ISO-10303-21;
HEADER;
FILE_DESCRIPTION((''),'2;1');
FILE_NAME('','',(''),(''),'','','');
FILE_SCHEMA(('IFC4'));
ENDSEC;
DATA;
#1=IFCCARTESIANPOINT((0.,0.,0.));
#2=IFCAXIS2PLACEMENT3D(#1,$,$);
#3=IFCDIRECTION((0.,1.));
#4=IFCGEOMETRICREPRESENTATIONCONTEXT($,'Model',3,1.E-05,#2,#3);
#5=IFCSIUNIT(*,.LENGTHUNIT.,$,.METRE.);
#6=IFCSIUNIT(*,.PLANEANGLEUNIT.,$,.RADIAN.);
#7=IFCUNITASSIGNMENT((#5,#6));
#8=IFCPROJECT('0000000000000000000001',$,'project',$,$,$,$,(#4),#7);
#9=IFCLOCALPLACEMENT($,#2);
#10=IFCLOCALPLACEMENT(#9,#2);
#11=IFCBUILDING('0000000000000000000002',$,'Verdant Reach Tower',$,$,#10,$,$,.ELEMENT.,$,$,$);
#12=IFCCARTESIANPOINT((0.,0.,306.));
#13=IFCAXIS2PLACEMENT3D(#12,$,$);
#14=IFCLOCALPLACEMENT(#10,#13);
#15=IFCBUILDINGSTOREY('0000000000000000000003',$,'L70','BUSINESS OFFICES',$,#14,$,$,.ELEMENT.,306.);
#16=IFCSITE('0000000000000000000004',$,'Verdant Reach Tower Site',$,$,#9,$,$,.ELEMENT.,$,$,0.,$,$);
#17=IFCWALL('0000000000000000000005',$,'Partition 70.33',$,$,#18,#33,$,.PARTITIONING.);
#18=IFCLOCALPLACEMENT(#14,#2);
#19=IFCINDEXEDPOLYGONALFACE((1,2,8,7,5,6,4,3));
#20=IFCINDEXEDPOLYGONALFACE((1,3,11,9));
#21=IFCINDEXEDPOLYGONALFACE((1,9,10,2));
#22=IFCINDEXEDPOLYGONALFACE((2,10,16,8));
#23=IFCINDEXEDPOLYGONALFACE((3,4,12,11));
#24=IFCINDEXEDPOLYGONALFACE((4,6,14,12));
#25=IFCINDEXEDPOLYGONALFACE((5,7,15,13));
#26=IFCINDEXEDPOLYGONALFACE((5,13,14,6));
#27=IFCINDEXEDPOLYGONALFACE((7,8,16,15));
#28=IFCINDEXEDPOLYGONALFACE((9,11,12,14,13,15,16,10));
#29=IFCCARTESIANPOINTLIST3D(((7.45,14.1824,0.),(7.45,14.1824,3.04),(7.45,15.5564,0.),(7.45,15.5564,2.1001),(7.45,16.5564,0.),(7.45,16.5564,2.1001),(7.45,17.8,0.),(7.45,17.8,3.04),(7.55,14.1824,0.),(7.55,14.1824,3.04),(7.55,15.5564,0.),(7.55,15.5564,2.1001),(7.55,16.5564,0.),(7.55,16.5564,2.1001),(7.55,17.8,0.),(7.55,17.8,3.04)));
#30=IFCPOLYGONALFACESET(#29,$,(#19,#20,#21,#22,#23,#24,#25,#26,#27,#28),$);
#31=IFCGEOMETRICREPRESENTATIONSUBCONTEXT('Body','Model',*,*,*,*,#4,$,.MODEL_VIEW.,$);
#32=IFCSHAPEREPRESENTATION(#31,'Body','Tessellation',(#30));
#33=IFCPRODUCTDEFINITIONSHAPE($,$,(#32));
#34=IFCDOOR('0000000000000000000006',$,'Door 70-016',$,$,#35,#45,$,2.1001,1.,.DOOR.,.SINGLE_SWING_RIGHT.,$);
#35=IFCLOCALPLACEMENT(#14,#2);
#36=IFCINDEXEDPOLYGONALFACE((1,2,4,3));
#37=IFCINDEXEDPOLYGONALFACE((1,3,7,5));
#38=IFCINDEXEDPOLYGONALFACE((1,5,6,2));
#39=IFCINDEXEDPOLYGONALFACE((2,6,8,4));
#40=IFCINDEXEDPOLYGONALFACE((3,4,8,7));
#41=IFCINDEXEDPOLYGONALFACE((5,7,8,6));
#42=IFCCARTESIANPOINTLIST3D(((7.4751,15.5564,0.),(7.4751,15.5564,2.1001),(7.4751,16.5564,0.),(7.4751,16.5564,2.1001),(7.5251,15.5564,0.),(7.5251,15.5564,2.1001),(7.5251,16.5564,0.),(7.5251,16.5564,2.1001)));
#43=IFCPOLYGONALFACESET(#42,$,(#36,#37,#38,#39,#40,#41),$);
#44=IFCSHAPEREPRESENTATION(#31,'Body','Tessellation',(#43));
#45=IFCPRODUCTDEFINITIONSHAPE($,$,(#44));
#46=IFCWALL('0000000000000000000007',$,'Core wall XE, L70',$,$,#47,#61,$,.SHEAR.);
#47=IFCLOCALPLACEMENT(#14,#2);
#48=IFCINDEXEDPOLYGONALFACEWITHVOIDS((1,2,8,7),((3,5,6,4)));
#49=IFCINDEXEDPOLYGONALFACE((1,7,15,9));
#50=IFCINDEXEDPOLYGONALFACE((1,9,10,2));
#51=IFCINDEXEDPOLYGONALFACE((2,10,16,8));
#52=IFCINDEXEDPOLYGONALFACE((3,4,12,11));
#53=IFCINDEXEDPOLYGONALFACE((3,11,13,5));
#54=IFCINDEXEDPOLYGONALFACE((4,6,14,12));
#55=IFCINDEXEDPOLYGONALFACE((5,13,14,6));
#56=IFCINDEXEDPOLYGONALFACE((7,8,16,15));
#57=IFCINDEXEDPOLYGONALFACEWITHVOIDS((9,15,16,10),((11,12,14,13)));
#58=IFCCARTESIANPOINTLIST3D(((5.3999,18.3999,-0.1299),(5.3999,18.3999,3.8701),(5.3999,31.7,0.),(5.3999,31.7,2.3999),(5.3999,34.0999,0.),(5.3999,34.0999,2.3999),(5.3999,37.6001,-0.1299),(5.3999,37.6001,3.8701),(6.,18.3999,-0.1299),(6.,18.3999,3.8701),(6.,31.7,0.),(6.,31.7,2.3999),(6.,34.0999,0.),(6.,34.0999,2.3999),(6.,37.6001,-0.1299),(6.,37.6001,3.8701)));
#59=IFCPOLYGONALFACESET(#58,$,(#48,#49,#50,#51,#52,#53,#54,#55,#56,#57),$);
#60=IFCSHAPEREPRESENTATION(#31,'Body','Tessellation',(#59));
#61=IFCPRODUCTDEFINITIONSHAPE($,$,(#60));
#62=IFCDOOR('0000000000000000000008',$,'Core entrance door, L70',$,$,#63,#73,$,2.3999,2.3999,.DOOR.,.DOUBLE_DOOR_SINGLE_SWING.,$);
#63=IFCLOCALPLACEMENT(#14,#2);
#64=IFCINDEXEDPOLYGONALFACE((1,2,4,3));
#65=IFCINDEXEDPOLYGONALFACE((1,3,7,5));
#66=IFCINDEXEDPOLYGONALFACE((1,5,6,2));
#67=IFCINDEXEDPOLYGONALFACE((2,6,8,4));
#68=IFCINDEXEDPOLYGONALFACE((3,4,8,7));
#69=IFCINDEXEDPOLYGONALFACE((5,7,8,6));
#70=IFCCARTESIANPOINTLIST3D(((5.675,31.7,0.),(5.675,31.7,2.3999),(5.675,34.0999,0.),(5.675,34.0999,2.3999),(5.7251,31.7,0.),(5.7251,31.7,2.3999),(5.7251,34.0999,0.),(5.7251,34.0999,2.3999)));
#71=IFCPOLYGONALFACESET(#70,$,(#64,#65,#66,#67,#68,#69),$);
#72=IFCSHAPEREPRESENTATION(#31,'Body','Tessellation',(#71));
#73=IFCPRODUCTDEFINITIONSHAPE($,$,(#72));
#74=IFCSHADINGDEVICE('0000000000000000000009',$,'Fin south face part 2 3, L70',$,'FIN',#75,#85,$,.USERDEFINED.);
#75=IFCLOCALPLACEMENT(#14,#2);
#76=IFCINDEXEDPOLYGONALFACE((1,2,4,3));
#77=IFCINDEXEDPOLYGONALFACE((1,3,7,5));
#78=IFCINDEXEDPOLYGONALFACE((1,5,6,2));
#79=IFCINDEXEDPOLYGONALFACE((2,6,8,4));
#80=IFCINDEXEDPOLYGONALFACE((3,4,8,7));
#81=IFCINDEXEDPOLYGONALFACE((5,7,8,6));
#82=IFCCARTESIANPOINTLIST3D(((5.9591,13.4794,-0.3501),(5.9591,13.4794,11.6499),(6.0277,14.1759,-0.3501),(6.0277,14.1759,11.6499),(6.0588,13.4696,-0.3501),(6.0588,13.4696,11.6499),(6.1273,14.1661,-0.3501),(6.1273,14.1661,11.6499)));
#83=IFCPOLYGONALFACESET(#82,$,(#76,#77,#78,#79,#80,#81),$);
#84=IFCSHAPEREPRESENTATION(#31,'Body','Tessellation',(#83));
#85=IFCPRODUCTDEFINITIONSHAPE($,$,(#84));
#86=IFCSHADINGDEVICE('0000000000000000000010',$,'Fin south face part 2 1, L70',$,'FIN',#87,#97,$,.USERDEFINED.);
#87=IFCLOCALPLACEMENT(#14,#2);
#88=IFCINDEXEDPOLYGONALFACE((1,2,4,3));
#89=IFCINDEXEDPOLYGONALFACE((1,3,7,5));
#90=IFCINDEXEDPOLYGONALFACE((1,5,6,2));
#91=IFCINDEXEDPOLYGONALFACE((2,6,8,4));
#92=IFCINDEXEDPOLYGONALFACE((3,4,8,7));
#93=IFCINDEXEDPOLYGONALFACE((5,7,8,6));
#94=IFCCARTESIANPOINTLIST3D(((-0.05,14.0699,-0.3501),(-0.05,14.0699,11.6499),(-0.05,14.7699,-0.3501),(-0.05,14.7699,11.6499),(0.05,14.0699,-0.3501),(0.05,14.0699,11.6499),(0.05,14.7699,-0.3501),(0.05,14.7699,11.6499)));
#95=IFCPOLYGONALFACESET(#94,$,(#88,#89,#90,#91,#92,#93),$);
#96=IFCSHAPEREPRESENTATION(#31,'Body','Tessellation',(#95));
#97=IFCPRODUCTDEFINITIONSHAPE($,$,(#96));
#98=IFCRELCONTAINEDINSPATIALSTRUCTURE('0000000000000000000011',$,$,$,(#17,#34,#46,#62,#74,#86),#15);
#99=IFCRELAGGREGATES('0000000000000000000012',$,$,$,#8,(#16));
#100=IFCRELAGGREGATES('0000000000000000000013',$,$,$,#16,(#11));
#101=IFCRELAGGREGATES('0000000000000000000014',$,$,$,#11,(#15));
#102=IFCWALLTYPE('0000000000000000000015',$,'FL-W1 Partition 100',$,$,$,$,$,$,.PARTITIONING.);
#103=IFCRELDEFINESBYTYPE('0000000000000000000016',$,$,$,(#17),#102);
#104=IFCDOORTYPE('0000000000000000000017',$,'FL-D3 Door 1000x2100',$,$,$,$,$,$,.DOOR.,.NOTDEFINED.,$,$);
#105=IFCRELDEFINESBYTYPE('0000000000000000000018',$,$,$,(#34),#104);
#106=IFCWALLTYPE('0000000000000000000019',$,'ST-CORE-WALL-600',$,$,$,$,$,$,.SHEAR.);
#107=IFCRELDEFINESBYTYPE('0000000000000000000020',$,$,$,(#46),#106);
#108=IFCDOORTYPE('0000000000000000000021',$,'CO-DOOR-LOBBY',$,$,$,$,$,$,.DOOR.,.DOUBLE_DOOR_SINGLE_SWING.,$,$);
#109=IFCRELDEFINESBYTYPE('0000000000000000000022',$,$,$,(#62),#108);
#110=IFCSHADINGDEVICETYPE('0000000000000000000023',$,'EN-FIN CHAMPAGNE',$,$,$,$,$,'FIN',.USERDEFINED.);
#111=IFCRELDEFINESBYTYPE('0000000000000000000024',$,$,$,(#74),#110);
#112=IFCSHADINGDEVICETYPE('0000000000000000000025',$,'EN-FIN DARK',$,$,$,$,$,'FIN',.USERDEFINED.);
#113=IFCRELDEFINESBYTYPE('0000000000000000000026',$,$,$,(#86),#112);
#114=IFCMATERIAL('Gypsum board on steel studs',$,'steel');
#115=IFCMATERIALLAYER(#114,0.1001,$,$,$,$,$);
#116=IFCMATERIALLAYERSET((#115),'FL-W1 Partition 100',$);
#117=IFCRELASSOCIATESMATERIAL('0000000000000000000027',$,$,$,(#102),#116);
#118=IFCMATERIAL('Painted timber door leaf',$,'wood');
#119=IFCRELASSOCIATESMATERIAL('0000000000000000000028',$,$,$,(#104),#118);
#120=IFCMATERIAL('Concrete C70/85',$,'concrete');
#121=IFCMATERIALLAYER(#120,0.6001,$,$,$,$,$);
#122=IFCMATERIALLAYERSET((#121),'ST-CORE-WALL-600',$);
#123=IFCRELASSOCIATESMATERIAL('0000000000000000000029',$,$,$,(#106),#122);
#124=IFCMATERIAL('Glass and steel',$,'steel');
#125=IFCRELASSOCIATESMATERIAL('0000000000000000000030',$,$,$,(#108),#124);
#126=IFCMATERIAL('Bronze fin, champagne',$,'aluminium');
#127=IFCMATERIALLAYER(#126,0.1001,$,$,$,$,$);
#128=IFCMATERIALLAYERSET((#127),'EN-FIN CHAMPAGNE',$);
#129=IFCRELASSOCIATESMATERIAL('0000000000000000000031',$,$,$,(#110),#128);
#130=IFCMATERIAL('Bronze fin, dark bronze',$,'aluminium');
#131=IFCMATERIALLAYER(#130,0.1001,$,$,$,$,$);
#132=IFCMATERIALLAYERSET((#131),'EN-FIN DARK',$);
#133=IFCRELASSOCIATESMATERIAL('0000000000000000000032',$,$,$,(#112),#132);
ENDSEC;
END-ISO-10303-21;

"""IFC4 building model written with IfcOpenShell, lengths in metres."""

from ifc_helpers import new_model, si_unit, direction, frame, frame_2d, origin, origin_2d, place, context, subcontext, project, spatial, rectangle, extrude, material, layer, layer_set, type_object, element, fill, save


model = new_model("IFC4")

# Units and contexts
model_context = context("Model", 3, precision=1e-05, world=origin(), true_north=direction((0.0, 1.0)))
body_context = subcontext(model_context, "Body", "Model", "MODEL_VIEW")
ifc_project = project(units=[si_unit("LENGTHUNIT", "METRE"), si_unit("PLANEANGLEUNIT", "RADIAN")], contexts=[model_context])

# Site, building, storey
site_placement = place(None, origin())
site = spatial("IfcSite", under=ifc_project, at=site_placement, Name="Verdant Reach Tower Site", CompositionType="ELEMENT", RefElevation=0.0)
building_placement = place(site_placement, origin())
building = spatial("IfcBuilding", under=site, at=building_placement, Name="Verdant Reach Tower", CompositionType="ELEMENT")
storey_placement = place(building_placement, frame((0.0, 0.0, 306.0)))
storey = spatial("IfcBuildingStorey", under=building, at=storey_placement, Name="L70", Description="BUSINESS OFFICES", CompositionType="ELEMENT", Elevation=306.0)

# Shared definitions
ifc_material_1 = material(Name="Gypsum board on steel studs", Category="steel")
ifc_layer_1 = layer(ifc_material_1, 0.1001)
ifc_layer_set_1 = layer_set([ifc_layer_1], Name="FL-W1 Partition 100")
wall_type_1 = type_object("IfcWallType", Name="FL-W1 Partition 100", PredefinedType="PARTITIONING", material=ifc_layer_set_1)

# Walls, openings, doors
wall_1_placement = place(storey_placement, frame((7.5, 14.1824, 0.0), z_axis=(0.0, 0.0, 1.0), x_axis=(0.0, 1.0, 0.0)))
wall_1 = element("IfcWall", 1, at=wall_1_placement, inside=storey, type_object=wall_type_1, Name="Partition 70.33", PredefinedType="PARTITIONING", context=body_context, shape_type="SweptSolid", body=[
    extrude(rectangle(XDim=3.6177, YDim=0.1001, at=frame_2d((1.8088, 0.0))), origin(), (0.0, 0.0, 1.0), 3.04),
])
opening_1_placement = place(wall_1_placement, frame((1.374, 0.0, 0.0)))
opening_1 = element("IfcOpeningElement", 2, at=opening_1_placement, cuts=wall_1, PredefinedType="OPENING", context=body_context, shape_type="SweptSolid", body=[
    extrude(rectangle(XDim=1.0, YDim=2.1001, at=frame_2d((0.5, 1.05))), frame((0.0, 0.0601, 0.0), z_axis=(0.0, -1.0, 0.0), x_axis=(1.0, 0.0, 0.0)), (0.0, 0.0, 1.0), 0.1201),
])
ifc_material_2 = material(Name="Painted timber door leaf", Category="wood")
door_type_1 = type_object("IfcDoorType", Name="FL-D3 Door 1000x2100", OperationType="NOTDEFINED", PredefinedType="DOOR", material=ifc_material_2)
door_1_placement = place(opening_1_placement, origin())
door_1 = element("IfcDoor", 3, at=door_1_placement, inside=storey, type_object=door_type_1, Name="Door 70-016", OperationType="SINGLE_SWING_RIGHT", OverallHeight=2.1001, OverallWidth=1.0, PredefinedType="DOOR", context=body_context, shape_type="SweptSolid", body=[
    extrude(rectangle(XDim=1.0, YDim=2.1001, at=frame_2d((0.5, 1.05))), frame((0.0, 0.0249, 0.0), z_axis=(0.0, -1.0, 0.0), x_axis=(1.0, 0.0, 0.0)), (0.0, 0.0, 1.0), 0.05),
])
fill(opening_1, door_1)
ifc_material_3 = material(Name="Concrete C70/85", Category="concrete")
ifc_layer_2 = layer(ifc_material_3, 0.6001)
ifc_layer_set_2 = layer_set([ifc_layer_2], Name="ST-CORE-WALL-600")
wall_type_2 = type_object("IfcWallType", Name="ST-CORE-WALL-600", PredefinedType="SHEAR", material=ifc_layer_set_2)
wall_2_placement = place(storey_placement, frame((5.7, 18.3999, -0.1299), z_axis=(0.0, 0.0, 1.0), x_axis=(0.0, 1.0, 0.0)))
wall_2 = element("IfcWall", 4, at=wall_2_placement, inside=storey, type_object=wall_type_2, Name="Core wall XE, L70", PredefinedType="SHEAR", context=body_context, shape_type="SweptSolid", body=[
    extrude(rectangle(XDim=19.2002, YDim=0.6001, at=frame_2d((9.6001, 0.0))), origin(), (0.0, 0.0, 1.0), 4.0),
])
opening_2_placement = place(wall_2_placement, frame((13.3, 0.0, 0.1299)))
opening_2 = element("IfcOpeningElement", 5, at=opening_2_placement, cuts=wall_2, PredefinedType="OPENING", context=body_context, shape_type="SweptSolid", body=[
    extrude(rectangle(XDim=2.3999, YDim=2.3999, at=frame_2d((1.2, 1.2))), frame((0.0, 0.3101, 0.0), z_axis=(0.0, -1.0, 0.0), x_axis=(1.0, 0.0, 0.0)), (0.0, 0.0, 1.0), 0.6201),
])
ifc_material_4 = material(Name="Glass and steel", Category="steel")
door_type_2 = type_object("IfcDoorType", Name="CO-DOOR-LOBBY", OperationType="DOUBLE_DOOR_SINGLE_SWING", PredefinedType="DOOR", material=ifc_material_4)
door_2_placement = place(opening_2_placement, origin())
door_2 = element("IfcDoor", 6, at=door_2_placement, inside=storey, type_object=door_type_2, Name="Core entrance door, L70", OperationType="DOUBLE_DOOR_SINGLE_SWING", OverallHeight=2.3999, OverallWidth=2.3999, PredefinedType="DOOR", context=body_context, shape_type="SweptSolid", body=[
    extrude(rectangle(XDim=2.3999, YDim=2.3999, at=frame_2d((1.2, 1.2))), frame((0.0, 0.0249, 0.0), z_axis=(0.0, -1.0, 0.0), x_axis=(1.0, 0.0, 0.0)), (0.0, 0.0, 1.0), 0.05),
])
fill(opening_2, door_2)

# Shading devices
ifc_material_5 = material(Name="Bronze fin, champagne", Category="aluminium")
ifc_layer_3 = layer(ifc_material_5, 0.1001)
ifc_layer_set_3 = layer_set([ifc_layer_3], Name="EN-FIN CHAMPAGNE")
shading_device_type_1 = type_object("IfcShadingDeviceType", Name="EN-FIN CHAMPAGNE", ElementType="FIN", PredefinedType="USERDEFINED", material=ifc_layer_set_3)
shading_device_1_placement = place(storey_placement, frame((6.0432, 13.8228, -0.3501), z_axis=(0.0, 0.0, 1.0), x_axis=(0.995197, -0.097888, 0.0)))
element("IfcShadingDevice", 7, at=shading_device_1_placement, inside=storey, type_object=shading_device_type_1, Name="Fin south face part 2 3, L70", ObjectType="FIN", PredefinedType="USERDEFINED", context=body_context, shape_type="SweptSolid", body=[
    extrude(rectangle(XDim=0.1001, YDim=0.7, at=origin_2d()), origin(), (0.0, 0.0, 1.0), 12.0),
])
ifc_material_6 = material(Name="Bronze fin, dark bronze", Category="aluminium")
ifc_layer_4 = layer(ifc_material_6, 0.1001)
ifc_layer_set_4 = layer_set([ifc_layer_4], Name="EN-FIN DARK")
shading_device_type_2 = type_object("IfcShadingDeviceType", Name="EN-FIN DARK", ElementType="FIN", PredefinedType="USERDEFINED", material=ifc_layer_set_4)
shading_device_2_placement = place(storey_placement, frame((0.0, 14.4199, -0.3501), z_axis=(0.0, 0.0, 1.0), x_axis=(1.0, 0.0, 0.0)))
element("IfcShadingDevice", 8, at=shading_device_2_placement, inside=storey, type_object=shading_device_type_2, Name="Fin south face part 2 1, L70", ObjectType="FIN", PredefinedType="USERDEFINED", context=body_context, shape_type="SweptSolid", body=[
    extrude(rectangle(XDim=0.1001, YDim=0.7, at=origin_2d()), origin(), (0.0, 0.0, 1.0), 12.0),
])

save(model, "model.ifc")
